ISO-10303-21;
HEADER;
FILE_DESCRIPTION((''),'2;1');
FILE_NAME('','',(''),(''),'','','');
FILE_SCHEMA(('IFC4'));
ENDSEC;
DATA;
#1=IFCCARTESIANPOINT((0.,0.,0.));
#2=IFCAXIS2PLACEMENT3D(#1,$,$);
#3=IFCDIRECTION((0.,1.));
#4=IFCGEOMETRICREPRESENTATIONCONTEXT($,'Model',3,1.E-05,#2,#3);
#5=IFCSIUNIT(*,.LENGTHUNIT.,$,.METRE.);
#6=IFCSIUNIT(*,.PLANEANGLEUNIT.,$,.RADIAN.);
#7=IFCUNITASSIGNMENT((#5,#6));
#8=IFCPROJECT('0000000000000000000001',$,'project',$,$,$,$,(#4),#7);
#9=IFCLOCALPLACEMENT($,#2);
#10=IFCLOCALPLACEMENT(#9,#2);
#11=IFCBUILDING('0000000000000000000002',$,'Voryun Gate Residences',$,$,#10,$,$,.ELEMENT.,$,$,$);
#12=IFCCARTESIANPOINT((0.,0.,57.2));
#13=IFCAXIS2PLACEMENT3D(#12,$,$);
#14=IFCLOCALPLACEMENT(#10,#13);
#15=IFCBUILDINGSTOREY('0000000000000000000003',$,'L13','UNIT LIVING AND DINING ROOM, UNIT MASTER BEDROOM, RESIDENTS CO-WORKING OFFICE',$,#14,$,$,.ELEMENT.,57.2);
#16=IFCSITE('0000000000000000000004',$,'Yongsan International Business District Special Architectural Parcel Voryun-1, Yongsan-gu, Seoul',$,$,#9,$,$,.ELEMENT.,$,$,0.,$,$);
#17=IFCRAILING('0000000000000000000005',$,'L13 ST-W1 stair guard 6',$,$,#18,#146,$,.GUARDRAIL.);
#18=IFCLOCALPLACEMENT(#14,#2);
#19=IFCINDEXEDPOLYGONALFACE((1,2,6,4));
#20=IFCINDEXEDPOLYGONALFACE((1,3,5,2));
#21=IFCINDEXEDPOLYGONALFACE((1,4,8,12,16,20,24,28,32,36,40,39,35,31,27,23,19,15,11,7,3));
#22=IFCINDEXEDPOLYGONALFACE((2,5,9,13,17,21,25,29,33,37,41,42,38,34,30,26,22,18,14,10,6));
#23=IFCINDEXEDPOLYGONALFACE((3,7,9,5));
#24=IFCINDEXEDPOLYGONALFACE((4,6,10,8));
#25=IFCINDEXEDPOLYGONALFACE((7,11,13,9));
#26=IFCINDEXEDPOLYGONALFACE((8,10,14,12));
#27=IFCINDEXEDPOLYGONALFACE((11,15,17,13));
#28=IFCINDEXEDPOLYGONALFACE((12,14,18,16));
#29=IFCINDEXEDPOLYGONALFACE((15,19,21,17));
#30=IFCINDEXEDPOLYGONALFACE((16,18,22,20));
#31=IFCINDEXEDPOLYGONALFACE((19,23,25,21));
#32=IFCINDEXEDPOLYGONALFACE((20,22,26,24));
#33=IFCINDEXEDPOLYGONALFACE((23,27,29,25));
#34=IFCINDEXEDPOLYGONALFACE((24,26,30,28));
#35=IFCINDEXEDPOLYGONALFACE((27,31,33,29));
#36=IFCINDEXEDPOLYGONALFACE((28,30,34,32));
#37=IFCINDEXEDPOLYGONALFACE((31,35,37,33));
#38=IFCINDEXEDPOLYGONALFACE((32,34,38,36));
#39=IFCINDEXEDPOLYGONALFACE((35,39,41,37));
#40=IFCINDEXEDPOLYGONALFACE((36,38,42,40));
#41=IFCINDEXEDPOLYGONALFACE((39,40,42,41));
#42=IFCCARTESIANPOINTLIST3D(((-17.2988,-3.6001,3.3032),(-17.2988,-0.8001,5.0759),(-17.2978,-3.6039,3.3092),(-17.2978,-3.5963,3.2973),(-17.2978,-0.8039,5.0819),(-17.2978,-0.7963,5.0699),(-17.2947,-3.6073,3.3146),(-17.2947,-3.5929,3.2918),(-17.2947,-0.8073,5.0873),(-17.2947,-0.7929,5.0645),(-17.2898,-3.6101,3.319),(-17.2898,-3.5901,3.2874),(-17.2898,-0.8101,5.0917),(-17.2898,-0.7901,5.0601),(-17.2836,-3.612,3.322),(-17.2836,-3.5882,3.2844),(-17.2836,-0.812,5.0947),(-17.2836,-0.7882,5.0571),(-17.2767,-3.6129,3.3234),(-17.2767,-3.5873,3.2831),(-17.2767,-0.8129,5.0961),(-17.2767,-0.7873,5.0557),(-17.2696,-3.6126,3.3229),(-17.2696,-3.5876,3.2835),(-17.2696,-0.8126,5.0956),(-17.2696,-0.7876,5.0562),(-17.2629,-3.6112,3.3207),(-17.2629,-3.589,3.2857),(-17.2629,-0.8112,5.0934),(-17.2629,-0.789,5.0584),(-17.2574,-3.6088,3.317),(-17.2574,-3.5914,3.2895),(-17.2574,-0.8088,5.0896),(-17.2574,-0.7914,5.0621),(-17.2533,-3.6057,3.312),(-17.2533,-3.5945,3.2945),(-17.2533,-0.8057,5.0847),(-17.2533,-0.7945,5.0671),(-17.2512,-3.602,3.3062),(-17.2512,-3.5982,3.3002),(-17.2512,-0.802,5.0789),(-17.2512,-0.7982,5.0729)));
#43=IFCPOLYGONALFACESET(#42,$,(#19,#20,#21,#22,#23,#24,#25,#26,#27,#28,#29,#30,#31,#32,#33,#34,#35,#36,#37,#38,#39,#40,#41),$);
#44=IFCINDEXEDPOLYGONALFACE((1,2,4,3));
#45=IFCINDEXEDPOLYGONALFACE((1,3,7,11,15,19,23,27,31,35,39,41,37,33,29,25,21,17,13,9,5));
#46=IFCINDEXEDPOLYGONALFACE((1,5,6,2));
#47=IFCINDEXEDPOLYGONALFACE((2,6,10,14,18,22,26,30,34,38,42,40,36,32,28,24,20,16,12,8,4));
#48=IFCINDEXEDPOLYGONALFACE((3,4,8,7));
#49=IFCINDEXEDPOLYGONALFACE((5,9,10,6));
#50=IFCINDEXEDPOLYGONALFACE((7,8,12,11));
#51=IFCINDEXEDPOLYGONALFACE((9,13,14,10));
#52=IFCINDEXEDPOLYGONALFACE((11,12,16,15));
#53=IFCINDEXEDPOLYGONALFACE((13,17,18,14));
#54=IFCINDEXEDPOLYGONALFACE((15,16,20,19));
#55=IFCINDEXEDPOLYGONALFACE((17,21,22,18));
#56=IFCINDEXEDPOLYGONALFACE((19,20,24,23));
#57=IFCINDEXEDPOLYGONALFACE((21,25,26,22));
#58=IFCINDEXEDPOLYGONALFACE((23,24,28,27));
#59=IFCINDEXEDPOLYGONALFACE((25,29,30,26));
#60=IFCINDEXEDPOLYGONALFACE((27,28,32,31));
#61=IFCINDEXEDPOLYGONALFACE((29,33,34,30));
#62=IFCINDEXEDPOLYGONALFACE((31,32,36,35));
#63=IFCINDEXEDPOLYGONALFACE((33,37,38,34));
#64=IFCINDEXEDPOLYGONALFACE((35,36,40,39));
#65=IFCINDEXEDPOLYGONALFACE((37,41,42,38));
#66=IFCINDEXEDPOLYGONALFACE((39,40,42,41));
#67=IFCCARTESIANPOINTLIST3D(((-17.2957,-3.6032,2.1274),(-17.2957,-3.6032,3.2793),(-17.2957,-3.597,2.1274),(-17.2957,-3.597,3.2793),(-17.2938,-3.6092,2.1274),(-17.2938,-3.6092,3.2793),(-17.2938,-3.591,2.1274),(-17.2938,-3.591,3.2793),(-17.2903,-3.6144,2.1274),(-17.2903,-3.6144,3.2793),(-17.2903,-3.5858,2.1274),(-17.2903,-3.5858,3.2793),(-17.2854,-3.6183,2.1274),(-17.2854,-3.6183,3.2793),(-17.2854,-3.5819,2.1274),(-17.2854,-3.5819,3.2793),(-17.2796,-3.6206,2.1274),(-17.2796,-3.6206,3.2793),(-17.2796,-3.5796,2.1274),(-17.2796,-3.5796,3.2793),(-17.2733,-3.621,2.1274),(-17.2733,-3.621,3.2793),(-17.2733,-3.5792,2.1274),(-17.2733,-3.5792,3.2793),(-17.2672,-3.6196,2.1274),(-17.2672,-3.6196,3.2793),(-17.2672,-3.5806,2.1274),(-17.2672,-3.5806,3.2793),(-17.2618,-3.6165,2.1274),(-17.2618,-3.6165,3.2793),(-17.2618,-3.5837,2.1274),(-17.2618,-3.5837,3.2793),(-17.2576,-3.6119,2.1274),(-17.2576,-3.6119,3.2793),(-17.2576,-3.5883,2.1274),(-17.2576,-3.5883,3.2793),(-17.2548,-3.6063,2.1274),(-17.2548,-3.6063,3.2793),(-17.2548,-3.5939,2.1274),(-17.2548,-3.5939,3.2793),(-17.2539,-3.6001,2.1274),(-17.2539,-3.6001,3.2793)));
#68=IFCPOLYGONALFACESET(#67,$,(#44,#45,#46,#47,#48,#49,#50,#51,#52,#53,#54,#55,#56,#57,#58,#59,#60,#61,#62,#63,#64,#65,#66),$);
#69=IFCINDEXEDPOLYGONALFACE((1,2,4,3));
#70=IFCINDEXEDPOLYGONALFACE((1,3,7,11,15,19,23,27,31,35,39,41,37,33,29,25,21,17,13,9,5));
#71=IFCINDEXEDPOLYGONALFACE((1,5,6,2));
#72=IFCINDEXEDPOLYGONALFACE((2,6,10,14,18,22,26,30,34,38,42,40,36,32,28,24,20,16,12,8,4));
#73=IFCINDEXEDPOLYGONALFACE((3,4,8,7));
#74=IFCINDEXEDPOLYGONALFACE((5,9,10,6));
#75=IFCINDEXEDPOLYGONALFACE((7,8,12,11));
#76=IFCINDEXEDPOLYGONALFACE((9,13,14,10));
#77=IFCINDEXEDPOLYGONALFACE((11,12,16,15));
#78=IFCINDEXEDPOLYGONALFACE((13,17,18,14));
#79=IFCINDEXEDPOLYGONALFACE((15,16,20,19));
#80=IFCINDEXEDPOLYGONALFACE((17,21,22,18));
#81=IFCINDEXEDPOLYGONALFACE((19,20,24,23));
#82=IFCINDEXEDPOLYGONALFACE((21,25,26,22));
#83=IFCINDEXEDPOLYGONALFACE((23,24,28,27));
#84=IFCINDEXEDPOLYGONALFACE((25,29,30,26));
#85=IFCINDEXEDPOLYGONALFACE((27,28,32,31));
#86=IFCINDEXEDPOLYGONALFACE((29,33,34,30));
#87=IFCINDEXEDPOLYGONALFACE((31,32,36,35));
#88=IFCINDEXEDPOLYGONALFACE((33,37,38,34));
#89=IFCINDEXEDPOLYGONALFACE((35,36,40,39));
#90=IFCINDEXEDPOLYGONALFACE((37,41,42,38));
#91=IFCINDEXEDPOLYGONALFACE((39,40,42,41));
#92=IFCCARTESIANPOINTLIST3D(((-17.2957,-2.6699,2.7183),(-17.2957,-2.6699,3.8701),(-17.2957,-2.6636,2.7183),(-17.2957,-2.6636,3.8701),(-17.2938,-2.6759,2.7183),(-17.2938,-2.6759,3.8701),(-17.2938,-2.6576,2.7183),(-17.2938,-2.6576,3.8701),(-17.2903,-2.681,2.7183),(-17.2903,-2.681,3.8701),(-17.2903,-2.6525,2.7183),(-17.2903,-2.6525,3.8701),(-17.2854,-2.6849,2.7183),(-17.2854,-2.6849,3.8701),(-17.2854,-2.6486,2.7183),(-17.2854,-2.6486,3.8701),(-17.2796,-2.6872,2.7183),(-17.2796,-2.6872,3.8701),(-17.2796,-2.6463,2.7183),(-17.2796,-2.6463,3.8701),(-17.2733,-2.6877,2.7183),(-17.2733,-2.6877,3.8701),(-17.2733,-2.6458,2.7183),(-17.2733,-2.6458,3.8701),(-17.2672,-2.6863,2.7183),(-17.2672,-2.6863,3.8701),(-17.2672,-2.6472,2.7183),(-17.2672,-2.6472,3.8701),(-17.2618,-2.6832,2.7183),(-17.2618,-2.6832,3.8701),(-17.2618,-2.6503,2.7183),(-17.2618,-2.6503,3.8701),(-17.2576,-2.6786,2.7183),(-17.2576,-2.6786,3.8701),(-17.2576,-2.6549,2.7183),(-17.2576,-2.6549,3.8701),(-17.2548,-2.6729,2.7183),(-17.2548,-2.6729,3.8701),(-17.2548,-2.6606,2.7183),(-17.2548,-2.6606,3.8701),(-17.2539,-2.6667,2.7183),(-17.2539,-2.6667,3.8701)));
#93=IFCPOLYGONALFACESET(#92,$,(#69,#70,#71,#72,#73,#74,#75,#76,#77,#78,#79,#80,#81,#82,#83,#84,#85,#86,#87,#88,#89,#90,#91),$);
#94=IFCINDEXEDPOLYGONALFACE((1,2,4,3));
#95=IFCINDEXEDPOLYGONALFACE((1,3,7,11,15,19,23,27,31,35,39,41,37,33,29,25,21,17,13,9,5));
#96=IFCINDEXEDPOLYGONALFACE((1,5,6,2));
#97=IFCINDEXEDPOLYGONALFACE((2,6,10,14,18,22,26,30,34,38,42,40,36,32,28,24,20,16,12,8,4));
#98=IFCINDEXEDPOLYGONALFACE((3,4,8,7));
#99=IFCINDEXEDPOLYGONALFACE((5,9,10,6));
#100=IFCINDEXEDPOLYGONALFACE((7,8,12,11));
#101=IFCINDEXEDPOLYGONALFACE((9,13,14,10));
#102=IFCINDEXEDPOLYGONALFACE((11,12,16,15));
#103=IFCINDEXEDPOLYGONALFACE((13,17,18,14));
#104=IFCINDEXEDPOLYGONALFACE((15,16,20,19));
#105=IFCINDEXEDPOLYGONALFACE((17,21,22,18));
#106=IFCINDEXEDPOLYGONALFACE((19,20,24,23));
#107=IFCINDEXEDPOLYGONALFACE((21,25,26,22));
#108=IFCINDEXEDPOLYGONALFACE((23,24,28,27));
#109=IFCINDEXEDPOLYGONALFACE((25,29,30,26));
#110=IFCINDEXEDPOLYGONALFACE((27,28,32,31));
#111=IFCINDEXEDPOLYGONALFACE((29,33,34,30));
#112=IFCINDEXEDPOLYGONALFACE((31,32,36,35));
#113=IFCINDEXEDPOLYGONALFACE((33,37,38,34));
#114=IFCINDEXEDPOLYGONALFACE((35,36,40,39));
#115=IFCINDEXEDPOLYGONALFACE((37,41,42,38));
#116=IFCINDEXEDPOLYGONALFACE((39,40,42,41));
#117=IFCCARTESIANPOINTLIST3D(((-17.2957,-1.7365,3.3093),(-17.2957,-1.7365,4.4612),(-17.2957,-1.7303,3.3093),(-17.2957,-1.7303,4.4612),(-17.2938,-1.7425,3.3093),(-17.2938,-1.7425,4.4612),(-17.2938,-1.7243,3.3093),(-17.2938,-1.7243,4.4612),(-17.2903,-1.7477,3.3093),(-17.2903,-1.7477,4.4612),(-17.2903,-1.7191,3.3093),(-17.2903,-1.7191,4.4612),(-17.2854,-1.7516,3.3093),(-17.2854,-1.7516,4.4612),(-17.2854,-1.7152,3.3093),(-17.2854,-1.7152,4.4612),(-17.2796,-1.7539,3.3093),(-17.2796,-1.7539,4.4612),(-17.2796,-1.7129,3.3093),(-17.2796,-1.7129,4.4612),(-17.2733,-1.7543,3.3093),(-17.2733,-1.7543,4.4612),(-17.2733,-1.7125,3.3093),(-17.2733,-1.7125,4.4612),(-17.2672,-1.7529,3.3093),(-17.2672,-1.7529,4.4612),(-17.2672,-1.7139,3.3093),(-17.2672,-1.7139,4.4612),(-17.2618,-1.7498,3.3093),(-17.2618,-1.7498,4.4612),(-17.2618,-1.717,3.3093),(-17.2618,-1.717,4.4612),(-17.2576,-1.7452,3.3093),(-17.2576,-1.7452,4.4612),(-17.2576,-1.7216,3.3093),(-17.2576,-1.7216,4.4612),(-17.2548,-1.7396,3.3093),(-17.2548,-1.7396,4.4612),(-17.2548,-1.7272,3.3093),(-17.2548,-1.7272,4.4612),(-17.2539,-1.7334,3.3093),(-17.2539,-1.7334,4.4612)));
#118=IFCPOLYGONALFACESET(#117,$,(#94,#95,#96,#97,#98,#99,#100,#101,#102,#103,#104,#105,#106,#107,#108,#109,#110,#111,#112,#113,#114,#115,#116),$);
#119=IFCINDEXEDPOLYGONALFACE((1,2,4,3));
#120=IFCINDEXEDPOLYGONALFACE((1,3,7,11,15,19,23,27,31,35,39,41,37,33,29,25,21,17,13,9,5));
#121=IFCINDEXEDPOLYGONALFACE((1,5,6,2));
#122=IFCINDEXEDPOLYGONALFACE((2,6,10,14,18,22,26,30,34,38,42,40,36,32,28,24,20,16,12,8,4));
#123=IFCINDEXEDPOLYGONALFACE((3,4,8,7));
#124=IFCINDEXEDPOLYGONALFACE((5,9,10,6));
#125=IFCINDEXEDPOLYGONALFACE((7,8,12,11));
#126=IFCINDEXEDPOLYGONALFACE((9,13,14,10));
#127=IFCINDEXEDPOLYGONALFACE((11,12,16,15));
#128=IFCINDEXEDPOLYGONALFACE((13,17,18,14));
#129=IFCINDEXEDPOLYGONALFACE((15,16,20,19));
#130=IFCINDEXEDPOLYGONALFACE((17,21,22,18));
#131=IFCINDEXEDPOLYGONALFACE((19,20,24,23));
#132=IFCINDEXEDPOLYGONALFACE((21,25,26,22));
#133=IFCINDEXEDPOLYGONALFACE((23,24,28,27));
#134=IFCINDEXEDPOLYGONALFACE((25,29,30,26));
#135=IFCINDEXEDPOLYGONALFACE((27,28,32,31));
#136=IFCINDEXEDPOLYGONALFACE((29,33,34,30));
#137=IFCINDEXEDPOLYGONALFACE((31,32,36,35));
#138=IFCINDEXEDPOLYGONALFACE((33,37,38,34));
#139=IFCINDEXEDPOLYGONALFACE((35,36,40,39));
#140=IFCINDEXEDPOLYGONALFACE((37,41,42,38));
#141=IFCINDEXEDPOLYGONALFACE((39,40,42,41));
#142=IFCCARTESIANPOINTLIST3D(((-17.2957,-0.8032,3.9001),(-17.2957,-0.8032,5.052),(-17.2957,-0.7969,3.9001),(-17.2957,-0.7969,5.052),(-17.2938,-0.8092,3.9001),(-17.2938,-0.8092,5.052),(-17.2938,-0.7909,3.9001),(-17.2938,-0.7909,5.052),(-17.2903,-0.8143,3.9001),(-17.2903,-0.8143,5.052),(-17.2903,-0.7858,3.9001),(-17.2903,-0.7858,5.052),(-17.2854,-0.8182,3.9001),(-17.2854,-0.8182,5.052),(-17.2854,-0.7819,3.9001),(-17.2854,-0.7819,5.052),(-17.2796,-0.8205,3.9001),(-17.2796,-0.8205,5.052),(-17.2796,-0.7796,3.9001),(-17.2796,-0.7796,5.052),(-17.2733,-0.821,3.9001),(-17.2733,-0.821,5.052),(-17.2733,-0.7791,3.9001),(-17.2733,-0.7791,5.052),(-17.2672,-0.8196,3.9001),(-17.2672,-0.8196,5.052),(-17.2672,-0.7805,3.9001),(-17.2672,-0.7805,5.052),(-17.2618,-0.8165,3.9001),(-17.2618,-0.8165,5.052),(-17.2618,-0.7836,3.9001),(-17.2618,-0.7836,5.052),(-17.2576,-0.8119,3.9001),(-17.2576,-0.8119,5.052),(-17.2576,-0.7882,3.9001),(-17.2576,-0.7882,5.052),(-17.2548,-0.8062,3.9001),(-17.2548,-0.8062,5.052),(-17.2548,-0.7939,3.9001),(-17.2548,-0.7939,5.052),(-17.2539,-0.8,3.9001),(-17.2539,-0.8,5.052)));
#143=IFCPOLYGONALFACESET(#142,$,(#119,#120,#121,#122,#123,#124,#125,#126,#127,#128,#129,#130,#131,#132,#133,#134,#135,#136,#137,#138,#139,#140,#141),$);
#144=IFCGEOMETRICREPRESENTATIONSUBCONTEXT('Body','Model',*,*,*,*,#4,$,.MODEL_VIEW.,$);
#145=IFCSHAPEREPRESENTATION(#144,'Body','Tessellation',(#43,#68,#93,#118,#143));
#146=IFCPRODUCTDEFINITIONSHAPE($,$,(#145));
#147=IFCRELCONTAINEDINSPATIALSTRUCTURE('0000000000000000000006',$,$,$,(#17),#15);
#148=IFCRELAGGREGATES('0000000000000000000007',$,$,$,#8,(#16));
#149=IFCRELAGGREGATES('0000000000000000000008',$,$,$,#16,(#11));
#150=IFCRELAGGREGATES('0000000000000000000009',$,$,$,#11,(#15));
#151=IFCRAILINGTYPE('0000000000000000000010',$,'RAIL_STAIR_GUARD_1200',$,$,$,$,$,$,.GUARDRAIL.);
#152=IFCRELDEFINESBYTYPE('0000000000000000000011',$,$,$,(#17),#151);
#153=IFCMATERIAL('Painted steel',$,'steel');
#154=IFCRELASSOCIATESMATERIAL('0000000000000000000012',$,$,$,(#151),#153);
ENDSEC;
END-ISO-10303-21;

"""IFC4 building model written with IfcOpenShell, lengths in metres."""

from ifc_helpers import new_model, si_unit, direction, frame, origin, origin_2d, place, context, subcontext, project, spatial, circle, extrude, material, type_object, element, save


model = new_model("IFC4")

# Units and contexts
model_context = context("Model", 3, precision=1e-05, world=origin(), true_north=direction((0.0, 1.0)))
body_context = subcontext(model_context, "Body", "Model", "MODEL_VIEW")
ifc_project = project(units=[si_unit("LENGTHUNIT", "METRE"), si_unit("PLANEANGLEUNIT", "RADIAN")], contexts=[model_context])

# Site, building, storey
site_placement = place(None, origin())
site = spatial("IfcSite", under=ifc_project, at=site_placement, Name="Yongsan International Business District Special Architectural Parcel Voryun-1, Yongsan-gu, Seoul", CompositionType="ELEMENT", RefElevation=0.0)
building_placement = place(site_placement, origin())
building = spatial("IfcBuilding", under=site, at=building_placement, Name="Voryun Gate Residences", CompositionType="ELEMENT")
storey_placement = place(building_placement, frame((0.0, 0.0, 57.2)))
storey = spatial("IfcBuildingStorey", under=building, at=storey_placement, Name="L13", Description="UNIT LIVING AND DINING ROOM, UNIT MASTER BEDROOM, RESIDENTS CO-WORKING OFFICE", CompositionType="ELEMENT", Elevation=57.2)

# Railing
ifc_material_1 = material(Name="Painted steel", Category="steel")
railing_type_1 = type_object("IfcRailingType", Name="RAIL_STAIR_GUARD_1200", PredefinedType="GUARDRAIL", material=ifc_material_1)
railing_1_placement = place(storey_placement, frame((-17.2749, -3.6001, 2.1274)))
element("IfcRailing", 1, at=railing_1_placement, inside=storey, type_object=railing_type_1, Name="L13 ST-W1 stair guard 6", PredefinedType="GUARDRAIL", context=body_context, shape_type="SweptSolid", body=[
    extrude(circle(Radius=0.0239, at=origin_2d()), frame((0.0, 0.0, 1.1758), z_axis=(0.0, 0.844909, 0.53491), x_axis=(-1.0, 0.0, 0.0)), (0.0, 0.0, 1.0), 3.314),
    extrude(circle(Radius=0.021, at=origin_2d()), origin(), (0.0, 0.0, 1.0), 1.1519),
    extrude(circle(Radius=0.021, at=origin_2d()), frame((0.0, 0.9333, 0.5908)), (0.0, 0.0, 1.0), 1.1519),
    extrude(circle(Radius=0.021, at=origin_2d()), frame((0.0, 1.8667, 1.1819)), (0.0, 0.0, 1.0), 1.1519),
    extrude(circle(Radius=0.021, at=origin_2d()), frame((0.0, 2.8, 1.7727)), (0.0, 0.0, 1.0), 1.1519),
])

save(model, "model.ifc")
